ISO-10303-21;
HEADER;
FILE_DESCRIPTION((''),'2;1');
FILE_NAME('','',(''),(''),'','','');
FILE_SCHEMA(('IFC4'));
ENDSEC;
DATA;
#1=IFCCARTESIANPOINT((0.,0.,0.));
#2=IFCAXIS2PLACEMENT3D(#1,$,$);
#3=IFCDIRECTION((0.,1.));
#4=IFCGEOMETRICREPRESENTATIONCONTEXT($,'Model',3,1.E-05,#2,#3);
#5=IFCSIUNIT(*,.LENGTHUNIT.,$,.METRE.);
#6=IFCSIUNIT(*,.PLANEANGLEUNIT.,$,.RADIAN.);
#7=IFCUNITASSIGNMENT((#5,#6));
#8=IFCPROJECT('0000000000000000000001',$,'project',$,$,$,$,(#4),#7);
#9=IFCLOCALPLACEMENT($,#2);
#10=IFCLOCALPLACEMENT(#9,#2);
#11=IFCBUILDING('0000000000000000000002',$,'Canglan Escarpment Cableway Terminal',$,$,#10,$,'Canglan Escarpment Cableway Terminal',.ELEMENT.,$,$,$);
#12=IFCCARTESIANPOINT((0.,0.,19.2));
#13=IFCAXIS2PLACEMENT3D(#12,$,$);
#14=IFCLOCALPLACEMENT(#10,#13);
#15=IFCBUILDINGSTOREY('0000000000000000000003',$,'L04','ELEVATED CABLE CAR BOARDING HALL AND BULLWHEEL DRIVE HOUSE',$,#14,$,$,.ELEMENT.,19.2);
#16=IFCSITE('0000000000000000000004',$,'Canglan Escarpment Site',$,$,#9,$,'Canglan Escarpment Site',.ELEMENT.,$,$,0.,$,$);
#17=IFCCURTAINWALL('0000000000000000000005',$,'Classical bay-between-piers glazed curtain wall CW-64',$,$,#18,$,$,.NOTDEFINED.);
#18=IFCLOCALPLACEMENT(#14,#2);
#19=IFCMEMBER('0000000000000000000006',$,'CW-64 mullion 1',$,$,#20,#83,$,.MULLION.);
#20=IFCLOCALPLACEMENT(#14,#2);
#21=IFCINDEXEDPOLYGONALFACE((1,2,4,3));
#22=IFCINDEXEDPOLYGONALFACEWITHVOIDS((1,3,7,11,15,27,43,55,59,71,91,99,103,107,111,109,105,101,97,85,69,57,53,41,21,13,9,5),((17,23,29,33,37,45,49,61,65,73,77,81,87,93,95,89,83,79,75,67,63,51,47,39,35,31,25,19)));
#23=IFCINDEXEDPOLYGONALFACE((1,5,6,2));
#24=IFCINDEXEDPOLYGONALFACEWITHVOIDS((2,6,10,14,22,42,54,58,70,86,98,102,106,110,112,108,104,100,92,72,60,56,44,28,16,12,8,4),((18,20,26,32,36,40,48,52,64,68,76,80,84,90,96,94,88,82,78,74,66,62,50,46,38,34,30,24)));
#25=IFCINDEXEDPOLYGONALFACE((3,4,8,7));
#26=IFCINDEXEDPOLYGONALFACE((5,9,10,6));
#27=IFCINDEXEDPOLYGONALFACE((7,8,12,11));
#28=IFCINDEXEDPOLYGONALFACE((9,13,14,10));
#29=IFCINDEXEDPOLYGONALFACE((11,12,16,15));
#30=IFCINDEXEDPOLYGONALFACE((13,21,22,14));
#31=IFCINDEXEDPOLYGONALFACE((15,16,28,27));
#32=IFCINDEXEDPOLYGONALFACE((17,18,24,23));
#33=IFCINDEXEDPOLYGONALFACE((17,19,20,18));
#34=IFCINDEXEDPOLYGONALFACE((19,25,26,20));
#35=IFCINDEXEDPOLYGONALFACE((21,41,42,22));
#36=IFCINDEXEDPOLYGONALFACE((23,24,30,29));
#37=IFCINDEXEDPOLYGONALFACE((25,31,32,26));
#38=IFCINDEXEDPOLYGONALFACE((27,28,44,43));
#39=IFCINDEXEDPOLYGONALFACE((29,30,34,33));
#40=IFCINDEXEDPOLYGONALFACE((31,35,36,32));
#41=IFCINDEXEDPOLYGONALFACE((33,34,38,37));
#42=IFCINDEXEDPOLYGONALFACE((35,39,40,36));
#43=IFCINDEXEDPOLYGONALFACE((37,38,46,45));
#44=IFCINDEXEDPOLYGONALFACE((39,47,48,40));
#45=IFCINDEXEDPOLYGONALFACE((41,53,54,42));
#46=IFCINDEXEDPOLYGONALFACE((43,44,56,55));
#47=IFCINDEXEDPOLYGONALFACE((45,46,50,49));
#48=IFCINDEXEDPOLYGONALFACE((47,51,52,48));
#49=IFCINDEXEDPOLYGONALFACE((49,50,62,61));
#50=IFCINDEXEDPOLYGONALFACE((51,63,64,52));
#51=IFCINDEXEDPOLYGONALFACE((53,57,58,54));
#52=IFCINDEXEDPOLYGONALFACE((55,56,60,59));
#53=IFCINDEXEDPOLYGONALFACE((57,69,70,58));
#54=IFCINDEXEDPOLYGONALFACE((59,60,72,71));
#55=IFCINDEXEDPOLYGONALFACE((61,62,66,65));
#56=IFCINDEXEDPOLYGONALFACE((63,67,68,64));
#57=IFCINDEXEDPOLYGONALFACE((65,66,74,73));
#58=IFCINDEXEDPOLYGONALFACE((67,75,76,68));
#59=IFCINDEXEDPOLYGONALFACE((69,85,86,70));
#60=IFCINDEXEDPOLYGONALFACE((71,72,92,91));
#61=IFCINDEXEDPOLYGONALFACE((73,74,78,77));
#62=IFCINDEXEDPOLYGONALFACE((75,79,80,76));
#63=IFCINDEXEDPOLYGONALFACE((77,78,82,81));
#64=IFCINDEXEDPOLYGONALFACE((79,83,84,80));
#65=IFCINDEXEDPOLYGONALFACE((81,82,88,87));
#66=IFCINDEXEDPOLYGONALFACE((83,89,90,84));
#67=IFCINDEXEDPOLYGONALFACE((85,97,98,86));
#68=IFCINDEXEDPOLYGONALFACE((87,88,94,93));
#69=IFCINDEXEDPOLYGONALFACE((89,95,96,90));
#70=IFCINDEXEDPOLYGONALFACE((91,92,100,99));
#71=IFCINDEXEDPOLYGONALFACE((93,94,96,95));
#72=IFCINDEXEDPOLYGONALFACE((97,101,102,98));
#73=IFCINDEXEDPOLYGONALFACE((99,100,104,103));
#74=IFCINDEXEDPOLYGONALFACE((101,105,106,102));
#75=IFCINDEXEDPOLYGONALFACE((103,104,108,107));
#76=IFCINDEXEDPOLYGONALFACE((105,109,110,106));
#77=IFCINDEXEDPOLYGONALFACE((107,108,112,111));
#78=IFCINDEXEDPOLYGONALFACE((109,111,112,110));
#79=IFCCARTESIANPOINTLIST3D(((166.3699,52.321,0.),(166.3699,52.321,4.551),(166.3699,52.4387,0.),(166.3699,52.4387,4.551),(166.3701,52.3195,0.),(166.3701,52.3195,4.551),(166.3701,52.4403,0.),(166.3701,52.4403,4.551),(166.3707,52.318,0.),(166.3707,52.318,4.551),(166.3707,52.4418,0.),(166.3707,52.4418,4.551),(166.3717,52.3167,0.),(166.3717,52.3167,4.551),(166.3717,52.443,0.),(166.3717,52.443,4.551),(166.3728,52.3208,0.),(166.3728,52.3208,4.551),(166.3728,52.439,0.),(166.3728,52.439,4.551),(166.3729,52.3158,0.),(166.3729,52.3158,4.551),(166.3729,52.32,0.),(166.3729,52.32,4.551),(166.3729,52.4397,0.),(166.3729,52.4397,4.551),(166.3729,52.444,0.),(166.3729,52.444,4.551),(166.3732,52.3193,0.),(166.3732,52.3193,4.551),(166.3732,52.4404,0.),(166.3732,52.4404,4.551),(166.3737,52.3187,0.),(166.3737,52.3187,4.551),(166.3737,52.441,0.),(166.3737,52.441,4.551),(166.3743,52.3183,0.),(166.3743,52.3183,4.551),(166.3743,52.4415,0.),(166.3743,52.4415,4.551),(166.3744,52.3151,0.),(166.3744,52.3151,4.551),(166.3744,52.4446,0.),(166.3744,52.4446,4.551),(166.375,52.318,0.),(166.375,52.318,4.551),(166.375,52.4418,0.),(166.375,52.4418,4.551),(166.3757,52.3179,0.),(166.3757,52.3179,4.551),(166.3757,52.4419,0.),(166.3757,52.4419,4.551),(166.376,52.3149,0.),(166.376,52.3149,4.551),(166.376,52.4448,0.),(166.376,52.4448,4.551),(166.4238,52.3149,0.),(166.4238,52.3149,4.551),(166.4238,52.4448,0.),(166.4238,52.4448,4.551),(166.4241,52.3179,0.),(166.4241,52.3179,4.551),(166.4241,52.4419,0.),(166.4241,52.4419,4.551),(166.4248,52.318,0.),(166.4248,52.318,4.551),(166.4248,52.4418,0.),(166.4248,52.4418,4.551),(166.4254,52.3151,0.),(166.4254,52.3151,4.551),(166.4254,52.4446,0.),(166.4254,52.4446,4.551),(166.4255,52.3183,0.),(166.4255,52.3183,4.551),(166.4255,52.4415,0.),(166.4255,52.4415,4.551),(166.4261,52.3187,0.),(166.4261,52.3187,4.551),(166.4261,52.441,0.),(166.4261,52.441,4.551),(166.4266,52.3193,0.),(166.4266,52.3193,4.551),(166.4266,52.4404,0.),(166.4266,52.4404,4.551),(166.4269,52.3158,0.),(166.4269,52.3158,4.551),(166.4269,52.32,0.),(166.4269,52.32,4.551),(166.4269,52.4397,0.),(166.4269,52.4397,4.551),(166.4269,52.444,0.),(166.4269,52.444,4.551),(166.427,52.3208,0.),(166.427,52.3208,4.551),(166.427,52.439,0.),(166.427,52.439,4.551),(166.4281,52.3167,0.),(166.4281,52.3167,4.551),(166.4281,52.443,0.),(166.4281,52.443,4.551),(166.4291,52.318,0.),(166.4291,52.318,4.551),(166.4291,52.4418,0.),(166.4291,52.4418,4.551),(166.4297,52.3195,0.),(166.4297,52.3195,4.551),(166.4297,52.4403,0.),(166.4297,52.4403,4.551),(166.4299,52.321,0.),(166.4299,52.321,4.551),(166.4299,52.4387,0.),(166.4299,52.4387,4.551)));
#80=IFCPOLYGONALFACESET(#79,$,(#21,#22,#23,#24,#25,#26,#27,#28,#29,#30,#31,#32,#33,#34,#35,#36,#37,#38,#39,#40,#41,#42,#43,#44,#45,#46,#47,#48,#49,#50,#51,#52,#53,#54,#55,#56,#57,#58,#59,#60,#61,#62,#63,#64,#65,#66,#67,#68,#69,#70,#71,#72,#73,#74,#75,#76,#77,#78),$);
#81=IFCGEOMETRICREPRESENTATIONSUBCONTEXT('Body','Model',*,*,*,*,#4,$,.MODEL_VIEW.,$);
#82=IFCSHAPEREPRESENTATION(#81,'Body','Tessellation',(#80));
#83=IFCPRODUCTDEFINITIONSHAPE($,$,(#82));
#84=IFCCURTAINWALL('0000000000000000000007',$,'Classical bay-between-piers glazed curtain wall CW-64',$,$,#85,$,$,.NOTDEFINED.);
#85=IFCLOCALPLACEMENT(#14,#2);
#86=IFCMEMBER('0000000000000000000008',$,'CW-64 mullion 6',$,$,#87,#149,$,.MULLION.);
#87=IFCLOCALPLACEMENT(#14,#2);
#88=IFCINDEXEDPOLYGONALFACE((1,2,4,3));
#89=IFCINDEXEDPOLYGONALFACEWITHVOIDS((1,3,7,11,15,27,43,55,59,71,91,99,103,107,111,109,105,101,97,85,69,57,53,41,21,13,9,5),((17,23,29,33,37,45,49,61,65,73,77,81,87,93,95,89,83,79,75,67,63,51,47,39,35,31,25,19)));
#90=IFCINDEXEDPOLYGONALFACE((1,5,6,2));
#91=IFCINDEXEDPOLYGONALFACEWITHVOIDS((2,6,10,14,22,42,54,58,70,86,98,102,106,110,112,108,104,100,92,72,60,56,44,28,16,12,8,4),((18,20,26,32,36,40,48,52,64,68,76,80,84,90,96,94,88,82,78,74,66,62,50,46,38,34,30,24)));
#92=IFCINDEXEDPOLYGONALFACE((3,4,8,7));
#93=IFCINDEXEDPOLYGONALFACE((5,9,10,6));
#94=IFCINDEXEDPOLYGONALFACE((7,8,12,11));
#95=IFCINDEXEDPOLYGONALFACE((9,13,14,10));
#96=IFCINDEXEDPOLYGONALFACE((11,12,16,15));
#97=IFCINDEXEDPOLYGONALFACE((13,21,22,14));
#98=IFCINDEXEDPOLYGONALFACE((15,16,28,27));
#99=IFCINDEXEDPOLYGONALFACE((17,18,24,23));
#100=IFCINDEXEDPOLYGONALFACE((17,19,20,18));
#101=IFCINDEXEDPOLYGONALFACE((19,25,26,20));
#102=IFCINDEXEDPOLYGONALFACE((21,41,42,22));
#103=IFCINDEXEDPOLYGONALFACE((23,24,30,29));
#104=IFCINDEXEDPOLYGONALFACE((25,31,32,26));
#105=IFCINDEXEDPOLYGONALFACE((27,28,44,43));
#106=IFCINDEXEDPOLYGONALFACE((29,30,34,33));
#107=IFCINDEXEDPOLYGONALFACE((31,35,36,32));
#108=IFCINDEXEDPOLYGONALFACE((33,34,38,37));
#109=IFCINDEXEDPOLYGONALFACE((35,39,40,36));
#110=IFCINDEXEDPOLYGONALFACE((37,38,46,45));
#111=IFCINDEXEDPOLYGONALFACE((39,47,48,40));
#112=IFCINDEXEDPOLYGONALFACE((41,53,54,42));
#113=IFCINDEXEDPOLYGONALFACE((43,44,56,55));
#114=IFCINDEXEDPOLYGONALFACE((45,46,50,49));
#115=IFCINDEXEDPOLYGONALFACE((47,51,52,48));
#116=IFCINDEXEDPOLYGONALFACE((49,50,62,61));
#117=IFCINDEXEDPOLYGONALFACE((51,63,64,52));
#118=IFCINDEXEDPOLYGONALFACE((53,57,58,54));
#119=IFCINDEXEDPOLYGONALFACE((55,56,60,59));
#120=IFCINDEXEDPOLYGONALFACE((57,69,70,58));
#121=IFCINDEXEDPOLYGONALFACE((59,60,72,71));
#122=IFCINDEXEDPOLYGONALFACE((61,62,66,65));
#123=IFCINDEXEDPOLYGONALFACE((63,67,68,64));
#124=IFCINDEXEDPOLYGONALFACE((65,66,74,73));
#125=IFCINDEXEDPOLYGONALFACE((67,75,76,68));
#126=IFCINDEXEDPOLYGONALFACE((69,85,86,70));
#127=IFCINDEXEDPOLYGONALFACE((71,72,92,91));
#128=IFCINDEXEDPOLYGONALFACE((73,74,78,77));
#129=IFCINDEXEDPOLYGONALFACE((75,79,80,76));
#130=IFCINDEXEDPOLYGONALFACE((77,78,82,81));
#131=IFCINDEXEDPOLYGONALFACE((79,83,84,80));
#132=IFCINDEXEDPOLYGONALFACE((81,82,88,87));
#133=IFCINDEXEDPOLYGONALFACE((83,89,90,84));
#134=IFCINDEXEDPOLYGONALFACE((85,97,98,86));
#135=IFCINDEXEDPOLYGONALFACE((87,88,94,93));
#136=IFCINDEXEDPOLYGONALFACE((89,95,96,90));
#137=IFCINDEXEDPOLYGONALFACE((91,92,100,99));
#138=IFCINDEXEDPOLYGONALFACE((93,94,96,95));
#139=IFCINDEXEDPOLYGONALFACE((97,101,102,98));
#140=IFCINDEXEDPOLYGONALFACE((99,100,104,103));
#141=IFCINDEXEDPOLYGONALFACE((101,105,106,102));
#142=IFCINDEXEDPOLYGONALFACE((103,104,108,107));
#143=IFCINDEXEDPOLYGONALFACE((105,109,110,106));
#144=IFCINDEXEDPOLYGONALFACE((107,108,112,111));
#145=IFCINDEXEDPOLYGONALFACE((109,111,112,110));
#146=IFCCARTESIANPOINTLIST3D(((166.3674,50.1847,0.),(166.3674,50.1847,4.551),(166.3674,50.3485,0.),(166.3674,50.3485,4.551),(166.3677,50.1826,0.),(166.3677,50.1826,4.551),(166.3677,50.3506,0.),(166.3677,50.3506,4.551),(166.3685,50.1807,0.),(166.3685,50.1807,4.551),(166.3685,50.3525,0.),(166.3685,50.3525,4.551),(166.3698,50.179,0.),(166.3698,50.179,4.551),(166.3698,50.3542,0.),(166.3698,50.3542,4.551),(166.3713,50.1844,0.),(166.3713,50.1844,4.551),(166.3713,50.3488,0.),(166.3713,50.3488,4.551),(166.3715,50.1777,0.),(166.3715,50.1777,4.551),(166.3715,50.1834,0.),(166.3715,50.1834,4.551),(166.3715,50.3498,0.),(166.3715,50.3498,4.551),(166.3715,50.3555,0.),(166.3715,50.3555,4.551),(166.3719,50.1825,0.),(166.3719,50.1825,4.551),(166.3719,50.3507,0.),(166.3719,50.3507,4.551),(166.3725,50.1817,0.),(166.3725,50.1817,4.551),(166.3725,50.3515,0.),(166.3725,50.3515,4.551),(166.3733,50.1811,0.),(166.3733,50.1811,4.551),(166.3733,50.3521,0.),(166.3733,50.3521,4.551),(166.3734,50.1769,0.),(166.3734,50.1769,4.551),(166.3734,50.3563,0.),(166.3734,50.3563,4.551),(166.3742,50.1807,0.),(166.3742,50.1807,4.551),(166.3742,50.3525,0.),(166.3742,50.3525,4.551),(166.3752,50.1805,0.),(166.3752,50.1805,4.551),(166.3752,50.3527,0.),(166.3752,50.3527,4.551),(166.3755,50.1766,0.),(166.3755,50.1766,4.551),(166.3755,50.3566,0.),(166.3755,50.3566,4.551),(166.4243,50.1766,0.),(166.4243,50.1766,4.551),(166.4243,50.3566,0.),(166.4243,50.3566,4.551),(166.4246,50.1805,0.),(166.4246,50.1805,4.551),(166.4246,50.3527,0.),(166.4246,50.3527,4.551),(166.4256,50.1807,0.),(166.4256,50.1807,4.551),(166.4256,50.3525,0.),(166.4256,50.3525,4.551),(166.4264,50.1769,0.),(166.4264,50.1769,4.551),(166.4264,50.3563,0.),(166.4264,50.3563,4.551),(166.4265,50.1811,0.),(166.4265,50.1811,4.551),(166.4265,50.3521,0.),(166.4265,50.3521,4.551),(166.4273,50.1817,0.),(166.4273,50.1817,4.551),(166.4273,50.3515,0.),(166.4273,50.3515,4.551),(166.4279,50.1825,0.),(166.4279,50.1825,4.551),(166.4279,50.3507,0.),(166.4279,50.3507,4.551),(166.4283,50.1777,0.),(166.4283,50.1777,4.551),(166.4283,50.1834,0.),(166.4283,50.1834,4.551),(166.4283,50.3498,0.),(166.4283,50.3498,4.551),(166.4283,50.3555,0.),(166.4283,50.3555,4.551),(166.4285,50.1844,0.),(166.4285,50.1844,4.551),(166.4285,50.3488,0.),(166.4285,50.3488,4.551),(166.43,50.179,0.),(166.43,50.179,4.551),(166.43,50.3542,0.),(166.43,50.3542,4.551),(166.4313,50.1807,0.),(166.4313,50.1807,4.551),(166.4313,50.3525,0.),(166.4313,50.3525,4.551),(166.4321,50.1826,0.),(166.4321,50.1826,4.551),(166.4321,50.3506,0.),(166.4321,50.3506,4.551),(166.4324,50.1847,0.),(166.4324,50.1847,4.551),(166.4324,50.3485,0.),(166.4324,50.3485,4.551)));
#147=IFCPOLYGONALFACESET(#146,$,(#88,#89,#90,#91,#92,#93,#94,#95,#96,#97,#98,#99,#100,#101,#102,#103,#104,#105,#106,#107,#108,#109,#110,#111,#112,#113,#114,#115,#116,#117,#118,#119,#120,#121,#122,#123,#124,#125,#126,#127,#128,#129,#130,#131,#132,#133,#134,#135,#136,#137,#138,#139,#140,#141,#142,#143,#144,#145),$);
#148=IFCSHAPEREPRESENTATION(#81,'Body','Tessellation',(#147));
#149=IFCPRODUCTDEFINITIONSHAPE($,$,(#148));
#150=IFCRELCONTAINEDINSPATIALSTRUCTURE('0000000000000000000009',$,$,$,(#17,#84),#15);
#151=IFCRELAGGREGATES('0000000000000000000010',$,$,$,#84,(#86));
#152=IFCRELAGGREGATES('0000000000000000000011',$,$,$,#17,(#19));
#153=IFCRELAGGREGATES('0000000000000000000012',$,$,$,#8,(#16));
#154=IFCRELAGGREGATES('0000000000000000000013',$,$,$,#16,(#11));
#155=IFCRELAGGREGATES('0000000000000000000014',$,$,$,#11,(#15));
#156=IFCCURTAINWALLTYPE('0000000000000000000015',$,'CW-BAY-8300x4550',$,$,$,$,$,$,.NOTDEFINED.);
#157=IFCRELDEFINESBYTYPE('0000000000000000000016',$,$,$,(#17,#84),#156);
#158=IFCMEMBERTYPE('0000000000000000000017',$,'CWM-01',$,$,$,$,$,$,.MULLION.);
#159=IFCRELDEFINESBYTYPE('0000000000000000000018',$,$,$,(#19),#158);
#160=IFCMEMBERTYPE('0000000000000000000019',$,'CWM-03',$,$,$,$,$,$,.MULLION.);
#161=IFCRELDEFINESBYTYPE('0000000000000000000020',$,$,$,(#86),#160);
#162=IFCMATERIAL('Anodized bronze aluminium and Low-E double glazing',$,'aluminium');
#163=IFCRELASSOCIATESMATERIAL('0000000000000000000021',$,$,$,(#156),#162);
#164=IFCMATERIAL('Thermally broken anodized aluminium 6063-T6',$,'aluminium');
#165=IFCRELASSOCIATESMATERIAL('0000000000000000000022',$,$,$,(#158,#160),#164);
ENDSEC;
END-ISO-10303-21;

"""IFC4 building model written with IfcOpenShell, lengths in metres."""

from ifc_helpers import new_model, si_unit, direction, frame, origin, origin_2d, place, context, subcontext, project, spatial, hollow_rectangle, extrude, material, material_profile, profile_set, type_object, element, aggregate, save


model = new_model("IFC4")

# Units and contexts
model_context = context("Model", 3, precision=1e-05, world=origin(), true_north=direction((0.0, 1.0)))
body_context = subcontext(model_context, "Body", "Model", "MODEL_VIEW")
ifc_project = project(units=[si_unit("LENGTHUNIT", "METRE"), si_unit("PLANEANGLEUNIT", "RADIAN")], contexts=[model_context])

# Site, building, storey
site_placement = place(None, origin())
site = spatial("IfcSite", under=ifc_project, at=site_placement, Name="Canglan Escarpment Site", LongName="Canglan Escarpment Site", CompositionType="ELEMENT", RefElevation=0.0)
building_placement = place(site_placement, origin())
building = spatial("IfcBuilding", under=site, at=building_placement, Name="Canglan Escarpment Cableway Terminal", LongName="Canglan Escarpment Cableway Terminal", CompositionType="ELEMENT")
storey_placement = place(building_placement, frame((0.0, 0.0, 19.2)))
storey = spatial("IfcBuildingStorey", under=building, at=storey_placement, Name="L04", Description="ELEVATED CABLE CAR BOARDING HALL AND BULLWHEEL DRIVE HOUSE", CompositionType="ELEMENT", Elevation=19.2)

# Curtain wall, member
ifc_material_1 = material(Name="Anodized bronze aluminium and Low-E double glazing", Category="aluminium")
curtain_wall_type = type_object("IfcCurtainWallType", Name="CW-BAY-8300x4550", PredefinedType="NOTDEFINED", material=ifc_material_1)
curtain_wall_1_placement = place(storey_placement, origin())
curtain_wall_1 = element("IfcCurtainWall", 1, at=curtain_wall_1_placement, inside=storey, type_object=curtain_wall_type, Name="Classical bay-between-piers glazed curtain wall CW-64", PredefinedType="NOTDEFINED")
ifc_material_2 = material(Name="Thermally broken anodized aluminium 6063-T6", Category="aluminium")
ifc_material_profile_1 = material_profile(ifc_material_2, hollow_rectangle(XDim=0.0601, YDim=0.1299, WallThickness=0.0029, InnerFilletRadius=0.0029, OuterFilletRadius=0.0061, at=origin_2d()), Name="ALU-MULL 60x130x3")
ifc_profile_set_1 = profile_set([ifc_material_profile_1], Name="Thermally broken anodized aluminium 6063-T6")
member_type_1 = type_object("IfcMemberType", Name="CWM-01", PredefinedType="MULLION", material=ifc_profile_set_1)
member_1_placement = place(storey_placement, frame((166.3999, 52.3799, 0.0), z_axis=(0.0, 0.0, 1.0), x_axis=(-1.0, 0.0, 0.0)))
member_1 = element("IfcMember", 2, at=member_1_placement, type_object=member_type_1, Name="CW-64 mullion 1", PredefinedType="MULLION", context=body_context, shape_type="SweptSolid", body=[
    extrude(hollow_rectangle(XDim=0.0601, YDim=0.1299, WallThickness=0.0029, InnerFilletRadius=0.0029, OuterFilletRadius=0.0061, at=origin_2d()), origin(), (0.0, 0.0, 1.0), 4.551),
])

# Curtain wall, member
curtain_wall_2_placement = place(storey_placement, origin())
curtain_wall_2 = element("IfcCurtainWall", 3, at=curtain_wall_2_placement, inside=storey, type_object=curtain_wall_type, Name="Classical bay-between-piers glazed curtain wall CW-64", PredefinedType="NOTDEFINED")
ifc_material_profile_2 = material_profile(ifc_material_2, hollow_rectangle(XDim=0.0649, YDim=0.1799, WallThickness=0.0039, InnerFilletRadius=0.0039, OuterFilletRadius=0.0081, at=origin_2d()), Name="ALU-MULL 65x180x4")
ifc_profile_set_2 = profile_set([ifc_material_profile_2], Name="Thermally broken anodized aluminium 6063-T6")
member_type_2 = type_object("IfcMemberType", Name="CWM-03", PredefinedType="MULLION", material=ifc_profile_set_2)
member_2_placement = place(storey_placement, frame((166.3999, 50.2666, 0.0), z_axis=(0.0, 0.0, 1.0), x_axis=(-1.0, 0.0, 0.0)))
member_2 = element("IfcMember", 4, at=member_2_placement, type_object=member_type_2, Name="CW-64 mullion 6", PredefinedType="MULLION", context=body_context, shape_type="SweptSolid", body=[
    extrude(hollow_rectangle(XDim=0.0649, YDim=0.1799, WallThickness=0.0039, InnerFilletRadius=0.0039, OuterFilletRadius=0.0081, at=origin_2d()), origin(), (0.0, 0.0, 1.0), 4.551),
])

aggregate(curtain_wall_2, [member_2])
aggregate(curtain_wall_1, [member_1])

save(model, "model.ifc")
